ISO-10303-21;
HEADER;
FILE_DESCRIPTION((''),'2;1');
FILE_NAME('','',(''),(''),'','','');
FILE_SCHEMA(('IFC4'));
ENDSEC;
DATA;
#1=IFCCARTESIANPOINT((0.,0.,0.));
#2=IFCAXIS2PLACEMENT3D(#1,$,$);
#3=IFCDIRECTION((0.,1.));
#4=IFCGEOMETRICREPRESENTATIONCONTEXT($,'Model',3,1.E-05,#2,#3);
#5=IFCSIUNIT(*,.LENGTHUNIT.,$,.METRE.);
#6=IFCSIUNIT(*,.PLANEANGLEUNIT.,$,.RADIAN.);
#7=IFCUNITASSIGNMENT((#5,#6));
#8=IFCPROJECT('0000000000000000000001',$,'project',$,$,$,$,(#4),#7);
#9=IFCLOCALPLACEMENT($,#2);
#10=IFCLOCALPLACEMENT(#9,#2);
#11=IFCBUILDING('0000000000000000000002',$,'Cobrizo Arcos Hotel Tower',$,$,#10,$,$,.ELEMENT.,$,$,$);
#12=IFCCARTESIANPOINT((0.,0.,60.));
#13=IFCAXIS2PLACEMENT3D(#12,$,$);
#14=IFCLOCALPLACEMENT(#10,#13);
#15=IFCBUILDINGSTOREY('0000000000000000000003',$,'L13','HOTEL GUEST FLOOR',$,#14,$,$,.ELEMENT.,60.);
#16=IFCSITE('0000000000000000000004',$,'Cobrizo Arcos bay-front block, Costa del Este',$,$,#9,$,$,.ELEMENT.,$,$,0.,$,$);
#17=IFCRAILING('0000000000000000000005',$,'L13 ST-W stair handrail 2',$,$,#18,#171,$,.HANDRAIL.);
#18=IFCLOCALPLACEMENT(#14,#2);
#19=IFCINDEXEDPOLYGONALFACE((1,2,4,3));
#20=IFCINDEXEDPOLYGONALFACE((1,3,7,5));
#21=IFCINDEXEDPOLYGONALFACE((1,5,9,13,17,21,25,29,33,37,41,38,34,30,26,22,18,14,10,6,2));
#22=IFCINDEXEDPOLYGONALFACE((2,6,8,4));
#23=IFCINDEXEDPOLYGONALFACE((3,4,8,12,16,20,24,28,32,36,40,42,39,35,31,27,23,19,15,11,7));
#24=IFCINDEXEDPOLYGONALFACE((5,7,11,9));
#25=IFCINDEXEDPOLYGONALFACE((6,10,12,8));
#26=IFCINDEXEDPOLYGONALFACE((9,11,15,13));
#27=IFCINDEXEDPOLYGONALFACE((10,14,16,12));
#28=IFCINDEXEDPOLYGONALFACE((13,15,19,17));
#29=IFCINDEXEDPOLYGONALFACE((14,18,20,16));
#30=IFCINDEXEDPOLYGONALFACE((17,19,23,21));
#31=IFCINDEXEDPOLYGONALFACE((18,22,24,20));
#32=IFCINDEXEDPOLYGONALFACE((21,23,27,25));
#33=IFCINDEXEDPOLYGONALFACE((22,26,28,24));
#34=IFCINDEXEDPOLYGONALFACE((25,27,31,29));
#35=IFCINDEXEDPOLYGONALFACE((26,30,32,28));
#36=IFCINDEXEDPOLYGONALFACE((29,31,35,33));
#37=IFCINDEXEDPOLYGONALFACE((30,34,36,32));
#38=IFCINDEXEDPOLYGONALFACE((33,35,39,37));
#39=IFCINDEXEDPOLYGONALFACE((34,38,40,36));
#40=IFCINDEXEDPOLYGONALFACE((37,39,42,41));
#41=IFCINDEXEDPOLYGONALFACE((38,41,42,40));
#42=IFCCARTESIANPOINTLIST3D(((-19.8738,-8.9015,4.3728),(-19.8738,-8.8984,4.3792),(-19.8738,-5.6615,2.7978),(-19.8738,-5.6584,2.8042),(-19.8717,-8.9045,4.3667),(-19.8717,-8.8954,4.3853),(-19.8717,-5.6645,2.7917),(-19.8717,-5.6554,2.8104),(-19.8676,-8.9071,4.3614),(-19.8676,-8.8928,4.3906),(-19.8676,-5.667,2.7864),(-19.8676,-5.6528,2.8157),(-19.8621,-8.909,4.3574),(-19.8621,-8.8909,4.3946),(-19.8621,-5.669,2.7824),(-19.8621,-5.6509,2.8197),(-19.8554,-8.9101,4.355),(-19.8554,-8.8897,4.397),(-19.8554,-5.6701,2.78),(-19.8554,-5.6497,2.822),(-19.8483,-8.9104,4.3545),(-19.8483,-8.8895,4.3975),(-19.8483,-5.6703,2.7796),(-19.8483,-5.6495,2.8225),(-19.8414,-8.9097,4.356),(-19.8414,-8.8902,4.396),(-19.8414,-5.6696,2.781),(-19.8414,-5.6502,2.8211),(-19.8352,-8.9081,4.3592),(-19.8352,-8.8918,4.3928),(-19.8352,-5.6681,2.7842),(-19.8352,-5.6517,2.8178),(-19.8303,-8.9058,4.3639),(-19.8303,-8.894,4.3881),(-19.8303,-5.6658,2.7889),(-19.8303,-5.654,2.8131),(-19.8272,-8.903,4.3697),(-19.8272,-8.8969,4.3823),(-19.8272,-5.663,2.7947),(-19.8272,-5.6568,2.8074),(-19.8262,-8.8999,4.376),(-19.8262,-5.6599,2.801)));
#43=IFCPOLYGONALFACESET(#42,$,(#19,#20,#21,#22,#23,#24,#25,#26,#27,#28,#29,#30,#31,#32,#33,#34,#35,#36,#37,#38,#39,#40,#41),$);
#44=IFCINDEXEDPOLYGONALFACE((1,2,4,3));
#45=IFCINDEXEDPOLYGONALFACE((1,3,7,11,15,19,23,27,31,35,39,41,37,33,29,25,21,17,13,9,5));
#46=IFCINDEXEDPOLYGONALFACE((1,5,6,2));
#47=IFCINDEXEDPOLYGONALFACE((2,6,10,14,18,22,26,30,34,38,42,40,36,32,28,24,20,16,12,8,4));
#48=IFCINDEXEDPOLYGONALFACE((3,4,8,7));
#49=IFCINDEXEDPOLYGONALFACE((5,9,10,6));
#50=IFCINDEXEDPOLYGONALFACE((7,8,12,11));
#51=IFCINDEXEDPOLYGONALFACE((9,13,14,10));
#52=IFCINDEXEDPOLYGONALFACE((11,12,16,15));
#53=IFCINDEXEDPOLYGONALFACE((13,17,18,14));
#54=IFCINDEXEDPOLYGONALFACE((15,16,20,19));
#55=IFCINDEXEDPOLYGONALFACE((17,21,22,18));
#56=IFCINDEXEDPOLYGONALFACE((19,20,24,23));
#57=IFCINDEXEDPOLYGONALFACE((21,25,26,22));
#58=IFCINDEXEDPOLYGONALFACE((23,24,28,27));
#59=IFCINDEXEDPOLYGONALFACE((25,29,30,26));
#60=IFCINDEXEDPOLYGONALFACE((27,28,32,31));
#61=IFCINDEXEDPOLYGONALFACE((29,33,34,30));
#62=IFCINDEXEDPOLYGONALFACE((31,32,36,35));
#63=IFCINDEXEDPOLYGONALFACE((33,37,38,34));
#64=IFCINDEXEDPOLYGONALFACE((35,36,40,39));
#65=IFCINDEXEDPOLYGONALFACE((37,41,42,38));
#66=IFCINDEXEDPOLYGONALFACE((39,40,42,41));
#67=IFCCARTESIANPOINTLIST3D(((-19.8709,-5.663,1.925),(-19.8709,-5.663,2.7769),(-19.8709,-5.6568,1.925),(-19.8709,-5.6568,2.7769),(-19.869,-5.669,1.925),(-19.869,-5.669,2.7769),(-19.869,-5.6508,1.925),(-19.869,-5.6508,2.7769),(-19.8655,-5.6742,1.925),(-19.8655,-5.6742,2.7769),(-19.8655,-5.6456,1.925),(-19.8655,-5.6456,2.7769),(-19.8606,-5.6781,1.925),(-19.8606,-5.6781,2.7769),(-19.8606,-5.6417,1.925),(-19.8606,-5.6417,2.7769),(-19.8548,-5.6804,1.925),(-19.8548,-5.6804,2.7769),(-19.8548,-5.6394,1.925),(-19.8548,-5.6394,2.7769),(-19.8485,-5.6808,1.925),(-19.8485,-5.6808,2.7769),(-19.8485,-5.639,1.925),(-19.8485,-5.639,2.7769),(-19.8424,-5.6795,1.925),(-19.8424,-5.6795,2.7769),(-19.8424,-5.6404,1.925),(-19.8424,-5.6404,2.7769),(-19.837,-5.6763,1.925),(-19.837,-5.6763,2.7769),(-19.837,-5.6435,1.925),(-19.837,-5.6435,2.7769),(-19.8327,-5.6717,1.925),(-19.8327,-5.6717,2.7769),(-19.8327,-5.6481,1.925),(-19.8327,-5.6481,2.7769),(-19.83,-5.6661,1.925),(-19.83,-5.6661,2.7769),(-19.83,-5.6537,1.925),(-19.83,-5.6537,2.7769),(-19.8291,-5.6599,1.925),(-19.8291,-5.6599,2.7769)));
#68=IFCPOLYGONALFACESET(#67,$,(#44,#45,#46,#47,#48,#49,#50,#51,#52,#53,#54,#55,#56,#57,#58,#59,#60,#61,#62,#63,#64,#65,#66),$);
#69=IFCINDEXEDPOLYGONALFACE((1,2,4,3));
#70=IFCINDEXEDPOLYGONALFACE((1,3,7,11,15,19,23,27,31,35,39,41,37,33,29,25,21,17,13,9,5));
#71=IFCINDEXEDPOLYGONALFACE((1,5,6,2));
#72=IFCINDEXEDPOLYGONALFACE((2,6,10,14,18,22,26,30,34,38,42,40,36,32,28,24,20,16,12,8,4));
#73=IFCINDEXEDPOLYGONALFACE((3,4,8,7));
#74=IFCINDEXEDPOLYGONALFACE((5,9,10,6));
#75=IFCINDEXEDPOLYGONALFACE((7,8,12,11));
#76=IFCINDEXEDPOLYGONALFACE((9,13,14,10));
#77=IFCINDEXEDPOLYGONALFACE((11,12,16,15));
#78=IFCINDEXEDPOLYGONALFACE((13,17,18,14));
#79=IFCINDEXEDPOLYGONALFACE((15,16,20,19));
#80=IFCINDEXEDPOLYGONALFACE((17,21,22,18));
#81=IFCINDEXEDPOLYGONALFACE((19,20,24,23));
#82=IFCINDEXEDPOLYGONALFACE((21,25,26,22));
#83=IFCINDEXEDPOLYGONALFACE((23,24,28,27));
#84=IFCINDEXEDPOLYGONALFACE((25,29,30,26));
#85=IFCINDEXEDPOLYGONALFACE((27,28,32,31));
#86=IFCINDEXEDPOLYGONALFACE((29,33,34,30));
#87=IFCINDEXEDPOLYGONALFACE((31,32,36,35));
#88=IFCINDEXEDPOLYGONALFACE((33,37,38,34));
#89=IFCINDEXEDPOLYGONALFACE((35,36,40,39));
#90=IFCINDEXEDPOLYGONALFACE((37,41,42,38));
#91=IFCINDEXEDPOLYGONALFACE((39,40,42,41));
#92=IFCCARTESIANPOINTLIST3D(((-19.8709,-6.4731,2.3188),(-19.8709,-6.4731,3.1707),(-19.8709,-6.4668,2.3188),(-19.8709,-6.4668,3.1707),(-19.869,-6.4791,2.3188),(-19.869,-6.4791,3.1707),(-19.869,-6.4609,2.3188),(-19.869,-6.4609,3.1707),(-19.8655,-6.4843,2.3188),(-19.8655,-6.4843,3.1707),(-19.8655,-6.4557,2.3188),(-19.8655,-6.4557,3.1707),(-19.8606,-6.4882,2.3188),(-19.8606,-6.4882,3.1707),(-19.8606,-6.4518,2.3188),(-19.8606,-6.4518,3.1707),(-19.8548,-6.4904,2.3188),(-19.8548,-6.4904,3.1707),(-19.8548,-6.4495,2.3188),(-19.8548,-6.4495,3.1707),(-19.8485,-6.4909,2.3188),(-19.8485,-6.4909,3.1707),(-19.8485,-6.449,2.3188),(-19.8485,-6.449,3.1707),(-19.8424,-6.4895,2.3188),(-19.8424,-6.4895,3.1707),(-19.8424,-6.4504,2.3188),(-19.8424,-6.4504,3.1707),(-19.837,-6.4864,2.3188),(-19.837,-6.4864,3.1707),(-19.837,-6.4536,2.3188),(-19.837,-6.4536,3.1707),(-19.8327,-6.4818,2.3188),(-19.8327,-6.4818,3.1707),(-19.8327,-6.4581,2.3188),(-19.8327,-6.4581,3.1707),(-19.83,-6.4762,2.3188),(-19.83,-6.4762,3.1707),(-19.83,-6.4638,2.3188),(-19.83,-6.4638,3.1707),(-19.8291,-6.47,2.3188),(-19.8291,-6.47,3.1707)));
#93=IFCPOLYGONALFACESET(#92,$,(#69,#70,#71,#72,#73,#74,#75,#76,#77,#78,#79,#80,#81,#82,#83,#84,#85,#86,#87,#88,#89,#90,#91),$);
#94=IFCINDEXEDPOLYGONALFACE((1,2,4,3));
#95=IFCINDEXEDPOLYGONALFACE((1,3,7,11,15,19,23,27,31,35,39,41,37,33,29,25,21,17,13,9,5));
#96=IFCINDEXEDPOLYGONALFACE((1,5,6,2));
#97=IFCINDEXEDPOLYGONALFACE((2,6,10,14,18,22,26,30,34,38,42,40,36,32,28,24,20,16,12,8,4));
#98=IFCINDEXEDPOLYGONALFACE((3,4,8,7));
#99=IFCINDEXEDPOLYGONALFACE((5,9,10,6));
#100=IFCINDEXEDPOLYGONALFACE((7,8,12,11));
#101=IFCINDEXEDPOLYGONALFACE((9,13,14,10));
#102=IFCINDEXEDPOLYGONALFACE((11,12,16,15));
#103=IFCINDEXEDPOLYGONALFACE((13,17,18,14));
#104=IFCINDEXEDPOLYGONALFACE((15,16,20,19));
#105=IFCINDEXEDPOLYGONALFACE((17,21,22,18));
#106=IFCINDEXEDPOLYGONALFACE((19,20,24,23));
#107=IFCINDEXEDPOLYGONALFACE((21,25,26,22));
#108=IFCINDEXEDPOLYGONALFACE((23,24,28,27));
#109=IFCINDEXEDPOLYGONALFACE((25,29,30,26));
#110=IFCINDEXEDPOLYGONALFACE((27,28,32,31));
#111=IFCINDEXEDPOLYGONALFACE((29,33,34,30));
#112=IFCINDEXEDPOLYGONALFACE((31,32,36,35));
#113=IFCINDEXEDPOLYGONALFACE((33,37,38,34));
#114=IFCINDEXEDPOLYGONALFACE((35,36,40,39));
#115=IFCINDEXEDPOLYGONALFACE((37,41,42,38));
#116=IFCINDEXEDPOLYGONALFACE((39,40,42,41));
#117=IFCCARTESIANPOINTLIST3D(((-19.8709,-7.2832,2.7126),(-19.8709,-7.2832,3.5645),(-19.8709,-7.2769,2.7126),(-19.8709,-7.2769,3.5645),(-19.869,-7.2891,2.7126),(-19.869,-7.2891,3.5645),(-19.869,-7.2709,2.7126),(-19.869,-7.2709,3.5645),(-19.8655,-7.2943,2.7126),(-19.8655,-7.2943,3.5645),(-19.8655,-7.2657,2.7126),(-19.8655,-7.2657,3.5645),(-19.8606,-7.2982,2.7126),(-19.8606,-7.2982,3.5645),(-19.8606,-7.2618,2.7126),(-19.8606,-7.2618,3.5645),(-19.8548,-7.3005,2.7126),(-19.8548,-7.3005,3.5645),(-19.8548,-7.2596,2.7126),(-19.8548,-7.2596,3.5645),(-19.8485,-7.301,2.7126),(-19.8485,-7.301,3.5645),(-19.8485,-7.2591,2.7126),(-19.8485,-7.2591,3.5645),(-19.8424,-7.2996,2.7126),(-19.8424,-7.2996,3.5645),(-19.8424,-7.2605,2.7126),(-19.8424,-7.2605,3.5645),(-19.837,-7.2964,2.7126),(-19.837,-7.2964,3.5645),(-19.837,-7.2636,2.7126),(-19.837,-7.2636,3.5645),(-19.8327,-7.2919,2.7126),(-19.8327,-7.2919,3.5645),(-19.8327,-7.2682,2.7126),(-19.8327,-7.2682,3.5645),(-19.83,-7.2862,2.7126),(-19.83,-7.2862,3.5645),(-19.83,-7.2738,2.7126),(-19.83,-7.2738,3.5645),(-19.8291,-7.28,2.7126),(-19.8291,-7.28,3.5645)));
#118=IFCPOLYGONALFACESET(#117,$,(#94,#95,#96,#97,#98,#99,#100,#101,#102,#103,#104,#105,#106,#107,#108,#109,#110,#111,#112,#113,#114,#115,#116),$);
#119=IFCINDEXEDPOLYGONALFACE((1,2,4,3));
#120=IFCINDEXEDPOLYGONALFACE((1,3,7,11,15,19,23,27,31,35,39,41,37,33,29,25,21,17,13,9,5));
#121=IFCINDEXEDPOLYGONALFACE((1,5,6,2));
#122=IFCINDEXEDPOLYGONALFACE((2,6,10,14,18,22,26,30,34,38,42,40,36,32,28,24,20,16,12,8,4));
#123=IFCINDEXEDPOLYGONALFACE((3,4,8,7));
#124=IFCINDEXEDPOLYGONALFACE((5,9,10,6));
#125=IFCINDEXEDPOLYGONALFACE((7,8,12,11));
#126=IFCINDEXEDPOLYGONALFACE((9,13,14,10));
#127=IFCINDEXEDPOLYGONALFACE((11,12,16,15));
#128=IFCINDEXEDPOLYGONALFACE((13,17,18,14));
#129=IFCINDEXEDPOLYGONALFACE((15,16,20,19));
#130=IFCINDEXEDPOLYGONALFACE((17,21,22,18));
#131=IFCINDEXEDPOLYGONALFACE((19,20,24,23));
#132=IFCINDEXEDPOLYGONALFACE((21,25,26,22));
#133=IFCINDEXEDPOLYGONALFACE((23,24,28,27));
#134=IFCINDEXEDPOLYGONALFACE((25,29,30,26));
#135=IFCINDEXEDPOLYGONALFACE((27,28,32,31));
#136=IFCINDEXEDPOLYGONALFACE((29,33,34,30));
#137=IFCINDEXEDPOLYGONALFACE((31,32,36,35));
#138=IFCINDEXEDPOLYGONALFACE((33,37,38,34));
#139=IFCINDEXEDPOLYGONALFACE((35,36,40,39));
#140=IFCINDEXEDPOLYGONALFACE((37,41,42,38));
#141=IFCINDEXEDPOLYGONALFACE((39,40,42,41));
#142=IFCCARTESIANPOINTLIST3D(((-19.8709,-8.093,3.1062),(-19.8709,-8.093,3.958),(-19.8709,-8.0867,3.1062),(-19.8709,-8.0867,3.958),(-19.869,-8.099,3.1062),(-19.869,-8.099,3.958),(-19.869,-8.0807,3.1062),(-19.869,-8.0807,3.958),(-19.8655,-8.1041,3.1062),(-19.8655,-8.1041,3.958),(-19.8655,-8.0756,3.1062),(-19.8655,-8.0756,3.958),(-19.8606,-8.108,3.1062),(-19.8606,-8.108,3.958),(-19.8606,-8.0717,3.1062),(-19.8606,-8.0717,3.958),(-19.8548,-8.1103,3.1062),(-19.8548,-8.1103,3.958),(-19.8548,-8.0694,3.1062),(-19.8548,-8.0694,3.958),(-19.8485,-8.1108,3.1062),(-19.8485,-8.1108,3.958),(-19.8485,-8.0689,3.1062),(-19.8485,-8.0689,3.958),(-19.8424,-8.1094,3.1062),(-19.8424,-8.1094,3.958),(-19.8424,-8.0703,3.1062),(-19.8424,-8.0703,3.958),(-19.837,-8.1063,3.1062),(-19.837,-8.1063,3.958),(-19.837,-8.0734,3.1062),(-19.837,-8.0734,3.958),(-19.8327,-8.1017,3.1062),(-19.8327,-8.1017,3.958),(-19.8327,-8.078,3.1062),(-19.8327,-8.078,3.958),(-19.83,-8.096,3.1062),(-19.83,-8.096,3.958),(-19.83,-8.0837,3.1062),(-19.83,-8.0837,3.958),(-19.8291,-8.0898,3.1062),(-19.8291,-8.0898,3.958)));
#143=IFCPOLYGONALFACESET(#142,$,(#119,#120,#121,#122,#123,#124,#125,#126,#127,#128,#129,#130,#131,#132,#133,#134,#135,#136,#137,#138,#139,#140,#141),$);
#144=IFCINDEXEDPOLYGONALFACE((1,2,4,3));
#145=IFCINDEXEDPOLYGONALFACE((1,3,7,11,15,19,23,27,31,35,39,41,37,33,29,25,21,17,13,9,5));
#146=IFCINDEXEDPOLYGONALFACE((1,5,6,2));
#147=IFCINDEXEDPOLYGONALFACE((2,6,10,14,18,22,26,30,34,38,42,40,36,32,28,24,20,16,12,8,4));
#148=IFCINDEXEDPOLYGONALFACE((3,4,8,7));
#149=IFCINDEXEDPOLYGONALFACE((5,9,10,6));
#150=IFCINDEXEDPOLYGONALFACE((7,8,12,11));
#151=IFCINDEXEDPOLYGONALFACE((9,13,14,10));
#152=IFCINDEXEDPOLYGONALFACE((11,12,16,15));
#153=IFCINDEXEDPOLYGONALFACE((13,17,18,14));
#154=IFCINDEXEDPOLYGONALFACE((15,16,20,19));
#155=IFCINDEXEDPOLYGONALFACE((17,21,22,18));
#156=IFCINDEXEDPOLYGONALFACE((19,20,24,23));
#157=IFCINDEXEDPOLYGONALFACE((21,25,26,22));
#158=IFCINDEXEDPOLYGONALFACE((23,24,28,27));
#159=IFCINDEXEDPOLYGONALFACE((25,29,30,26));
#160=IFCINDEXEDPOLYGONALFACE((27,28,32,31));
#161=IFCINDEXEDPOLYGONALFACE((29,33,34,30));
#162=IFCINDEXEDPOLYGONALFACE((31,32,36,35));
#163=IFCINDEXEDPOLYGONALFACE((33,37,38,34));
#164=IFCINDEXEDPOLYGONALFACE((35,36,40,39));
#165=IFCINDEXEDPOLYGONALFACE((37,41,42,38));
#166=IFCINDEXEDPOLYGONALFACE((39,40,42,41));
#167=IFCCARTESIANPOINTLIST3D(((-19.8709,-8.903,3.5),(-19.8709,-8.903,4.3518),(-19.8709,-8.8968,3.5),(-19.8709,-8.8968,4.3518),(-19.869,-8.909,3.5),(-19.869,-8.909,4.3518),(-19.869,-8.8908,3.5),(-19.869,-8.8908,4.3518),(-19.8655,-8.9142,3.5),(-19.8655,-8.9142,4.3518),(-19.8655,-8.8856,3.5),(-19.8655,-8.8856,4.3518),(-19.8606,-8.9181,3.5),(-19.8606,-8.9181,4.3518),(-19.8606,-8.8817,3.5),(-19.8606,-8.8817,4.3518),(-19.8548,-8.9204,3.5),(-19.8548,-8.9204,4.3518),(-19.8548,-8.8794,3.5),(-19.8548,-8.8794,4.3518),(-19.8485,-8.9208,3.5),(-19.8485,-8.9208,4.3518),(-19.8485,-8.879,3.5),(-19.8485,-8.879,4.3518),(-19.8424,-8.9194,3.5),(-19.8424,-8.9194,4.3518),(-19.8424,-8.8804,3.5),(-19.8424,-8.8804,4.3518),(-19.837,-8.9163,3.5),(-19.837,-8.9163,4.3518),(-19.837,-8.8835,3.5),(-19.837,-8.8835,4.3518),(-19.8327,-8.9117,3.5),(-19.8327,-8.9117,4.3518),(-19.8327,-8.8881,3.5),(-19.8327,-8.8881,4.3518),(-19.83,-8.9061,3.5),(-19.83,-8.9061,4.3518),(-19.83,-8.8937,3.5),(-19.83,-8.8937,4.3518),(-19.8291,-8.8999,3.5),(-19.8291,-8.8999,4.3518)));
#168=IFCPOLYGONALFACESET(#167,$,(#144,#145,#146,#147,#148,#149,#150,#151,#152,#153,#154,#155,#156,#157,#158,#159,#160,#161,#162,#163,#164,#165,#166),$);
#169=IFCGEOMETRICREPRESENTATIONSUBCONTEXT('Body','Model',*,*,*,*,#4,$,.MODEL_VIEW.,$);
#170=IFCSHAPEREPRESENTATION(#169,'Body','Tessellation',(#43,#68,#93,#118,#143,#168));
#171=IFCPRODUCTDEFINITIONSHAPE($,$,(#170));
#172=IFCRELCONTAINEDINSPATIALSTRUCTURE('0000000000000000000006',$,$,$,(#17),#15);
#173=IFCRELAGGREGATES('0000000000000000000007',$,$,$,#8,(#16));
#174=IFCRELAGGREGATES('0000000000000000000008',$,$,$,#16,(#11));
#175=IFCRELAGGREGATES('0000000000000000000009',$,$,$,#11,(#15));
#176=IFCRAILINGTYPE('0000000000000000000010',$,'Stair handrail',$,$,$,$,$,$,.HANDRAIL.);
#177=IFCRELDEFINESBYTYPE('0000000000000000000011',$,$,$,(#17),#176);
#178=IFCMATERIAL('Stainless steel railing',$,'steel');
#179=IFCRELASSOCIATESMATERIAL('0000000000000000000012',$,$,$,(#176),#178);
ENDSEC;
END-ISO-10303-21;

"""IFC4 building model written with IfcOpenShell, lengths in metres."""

from ifc_helpers import new_model, si_unit, direction, frame, origin, origin_2d, place, context, subcontext, project, spatial, circle, extrude, material, type_object, element, save


model = new_model("IFC4")

# Units and contexts
model_context = context("Model", 3, precision=1e-05, world=origin(), true_north=direction((0.0, 1.0)))
body_context = subcontext(model_context, "Body", "Model", "MODEL_VIEW")
ifc_project = project(units=[si_unit("LENGTHUNIT", "METRE"), si_unit("PLANEANGLEUNIT", "RADIAN")], contexts=[model_context])

# Site, building, storey
site_placement = place(None, origin())
site = spatial("IfcSite", under=ifc_project, at=site_placement, Name="Cobrizo Arcos bay-front block, Costa del Este", CompositionType="ELEMENT", RefElevation=0.0)
building_placement = place(site_placement, origin())
building = spatial("IfcBuilding", under=site, at=building_placement, Name="Cobrizo Arcos Hotel Tower", CompositionType="ELEMENT")
storey_placement = place(building_placement, frame((0.0, 0.0, 60.0)))
storey = spatial("IfcBuildingStorey", under=building, at=storey_placement, Name="L13", Description="HOTEL GUEST FLOOR", CompositionType="ELEMENT", Elevation=60.0)

# Railing
ifc_material_1 = material(Name="Stainless steel railing", Category="steel")
railing_type_1 = type_object("IfcRailingType", Name="Stair handrail", PredefinedType="HANDRAIL", material=ifc_material_1)
railing_1_placement = place(storey_placement, frame((-19.8501, -5.6599, 1.925)))
element("IfcRailing", 1, at=railing_1_placement, inside=storey, type_object=railing_type_1, Name="L13 ST-W stair handrail 2", PredefinedType="HANDRAIL", context=body_context, shape_type="SweptSolid", body=[
    extrude(circle(Radius=0.0239, at=origin_2d()), frame((0.0, 0.0, 0.876), z_axis=(0.0, -0.899373, 0.437183), x_axis=(1.0, 0.0, 0.0)), (0.0, 0.0, 1.0), 3.6025),
    extrude(circle(Radius=0.021, at=origin_2d()), origin(), (0.0, 0.0, 1.0), 0.8518),
    extrude(circle(Radius=0.021, at=origin_2d()), frame((0.0, -0.8101, 0.3938)), (0.0, 0.0, 1.0), 0.8518),
    extrude(circle(Radius=0.021, at=origin_2d()), frame((0.0, -1.6201, 0.7876)), (0.0, 0.0, 1.0), 0.8518),
    extrude(circle(Radius=0.021, at=origin_2d()), frame((0.0, -2.4299, 1.1812)), (0.0, 0.0, 1.0), 0.8518),
    extrude(circle(Radius=0.021, at=origin_2d()), frame((0.0, -3.24, 1.575)), (0.0, 0.0, 1.0), 0.8518),
])

save(model, "model.ifc")
